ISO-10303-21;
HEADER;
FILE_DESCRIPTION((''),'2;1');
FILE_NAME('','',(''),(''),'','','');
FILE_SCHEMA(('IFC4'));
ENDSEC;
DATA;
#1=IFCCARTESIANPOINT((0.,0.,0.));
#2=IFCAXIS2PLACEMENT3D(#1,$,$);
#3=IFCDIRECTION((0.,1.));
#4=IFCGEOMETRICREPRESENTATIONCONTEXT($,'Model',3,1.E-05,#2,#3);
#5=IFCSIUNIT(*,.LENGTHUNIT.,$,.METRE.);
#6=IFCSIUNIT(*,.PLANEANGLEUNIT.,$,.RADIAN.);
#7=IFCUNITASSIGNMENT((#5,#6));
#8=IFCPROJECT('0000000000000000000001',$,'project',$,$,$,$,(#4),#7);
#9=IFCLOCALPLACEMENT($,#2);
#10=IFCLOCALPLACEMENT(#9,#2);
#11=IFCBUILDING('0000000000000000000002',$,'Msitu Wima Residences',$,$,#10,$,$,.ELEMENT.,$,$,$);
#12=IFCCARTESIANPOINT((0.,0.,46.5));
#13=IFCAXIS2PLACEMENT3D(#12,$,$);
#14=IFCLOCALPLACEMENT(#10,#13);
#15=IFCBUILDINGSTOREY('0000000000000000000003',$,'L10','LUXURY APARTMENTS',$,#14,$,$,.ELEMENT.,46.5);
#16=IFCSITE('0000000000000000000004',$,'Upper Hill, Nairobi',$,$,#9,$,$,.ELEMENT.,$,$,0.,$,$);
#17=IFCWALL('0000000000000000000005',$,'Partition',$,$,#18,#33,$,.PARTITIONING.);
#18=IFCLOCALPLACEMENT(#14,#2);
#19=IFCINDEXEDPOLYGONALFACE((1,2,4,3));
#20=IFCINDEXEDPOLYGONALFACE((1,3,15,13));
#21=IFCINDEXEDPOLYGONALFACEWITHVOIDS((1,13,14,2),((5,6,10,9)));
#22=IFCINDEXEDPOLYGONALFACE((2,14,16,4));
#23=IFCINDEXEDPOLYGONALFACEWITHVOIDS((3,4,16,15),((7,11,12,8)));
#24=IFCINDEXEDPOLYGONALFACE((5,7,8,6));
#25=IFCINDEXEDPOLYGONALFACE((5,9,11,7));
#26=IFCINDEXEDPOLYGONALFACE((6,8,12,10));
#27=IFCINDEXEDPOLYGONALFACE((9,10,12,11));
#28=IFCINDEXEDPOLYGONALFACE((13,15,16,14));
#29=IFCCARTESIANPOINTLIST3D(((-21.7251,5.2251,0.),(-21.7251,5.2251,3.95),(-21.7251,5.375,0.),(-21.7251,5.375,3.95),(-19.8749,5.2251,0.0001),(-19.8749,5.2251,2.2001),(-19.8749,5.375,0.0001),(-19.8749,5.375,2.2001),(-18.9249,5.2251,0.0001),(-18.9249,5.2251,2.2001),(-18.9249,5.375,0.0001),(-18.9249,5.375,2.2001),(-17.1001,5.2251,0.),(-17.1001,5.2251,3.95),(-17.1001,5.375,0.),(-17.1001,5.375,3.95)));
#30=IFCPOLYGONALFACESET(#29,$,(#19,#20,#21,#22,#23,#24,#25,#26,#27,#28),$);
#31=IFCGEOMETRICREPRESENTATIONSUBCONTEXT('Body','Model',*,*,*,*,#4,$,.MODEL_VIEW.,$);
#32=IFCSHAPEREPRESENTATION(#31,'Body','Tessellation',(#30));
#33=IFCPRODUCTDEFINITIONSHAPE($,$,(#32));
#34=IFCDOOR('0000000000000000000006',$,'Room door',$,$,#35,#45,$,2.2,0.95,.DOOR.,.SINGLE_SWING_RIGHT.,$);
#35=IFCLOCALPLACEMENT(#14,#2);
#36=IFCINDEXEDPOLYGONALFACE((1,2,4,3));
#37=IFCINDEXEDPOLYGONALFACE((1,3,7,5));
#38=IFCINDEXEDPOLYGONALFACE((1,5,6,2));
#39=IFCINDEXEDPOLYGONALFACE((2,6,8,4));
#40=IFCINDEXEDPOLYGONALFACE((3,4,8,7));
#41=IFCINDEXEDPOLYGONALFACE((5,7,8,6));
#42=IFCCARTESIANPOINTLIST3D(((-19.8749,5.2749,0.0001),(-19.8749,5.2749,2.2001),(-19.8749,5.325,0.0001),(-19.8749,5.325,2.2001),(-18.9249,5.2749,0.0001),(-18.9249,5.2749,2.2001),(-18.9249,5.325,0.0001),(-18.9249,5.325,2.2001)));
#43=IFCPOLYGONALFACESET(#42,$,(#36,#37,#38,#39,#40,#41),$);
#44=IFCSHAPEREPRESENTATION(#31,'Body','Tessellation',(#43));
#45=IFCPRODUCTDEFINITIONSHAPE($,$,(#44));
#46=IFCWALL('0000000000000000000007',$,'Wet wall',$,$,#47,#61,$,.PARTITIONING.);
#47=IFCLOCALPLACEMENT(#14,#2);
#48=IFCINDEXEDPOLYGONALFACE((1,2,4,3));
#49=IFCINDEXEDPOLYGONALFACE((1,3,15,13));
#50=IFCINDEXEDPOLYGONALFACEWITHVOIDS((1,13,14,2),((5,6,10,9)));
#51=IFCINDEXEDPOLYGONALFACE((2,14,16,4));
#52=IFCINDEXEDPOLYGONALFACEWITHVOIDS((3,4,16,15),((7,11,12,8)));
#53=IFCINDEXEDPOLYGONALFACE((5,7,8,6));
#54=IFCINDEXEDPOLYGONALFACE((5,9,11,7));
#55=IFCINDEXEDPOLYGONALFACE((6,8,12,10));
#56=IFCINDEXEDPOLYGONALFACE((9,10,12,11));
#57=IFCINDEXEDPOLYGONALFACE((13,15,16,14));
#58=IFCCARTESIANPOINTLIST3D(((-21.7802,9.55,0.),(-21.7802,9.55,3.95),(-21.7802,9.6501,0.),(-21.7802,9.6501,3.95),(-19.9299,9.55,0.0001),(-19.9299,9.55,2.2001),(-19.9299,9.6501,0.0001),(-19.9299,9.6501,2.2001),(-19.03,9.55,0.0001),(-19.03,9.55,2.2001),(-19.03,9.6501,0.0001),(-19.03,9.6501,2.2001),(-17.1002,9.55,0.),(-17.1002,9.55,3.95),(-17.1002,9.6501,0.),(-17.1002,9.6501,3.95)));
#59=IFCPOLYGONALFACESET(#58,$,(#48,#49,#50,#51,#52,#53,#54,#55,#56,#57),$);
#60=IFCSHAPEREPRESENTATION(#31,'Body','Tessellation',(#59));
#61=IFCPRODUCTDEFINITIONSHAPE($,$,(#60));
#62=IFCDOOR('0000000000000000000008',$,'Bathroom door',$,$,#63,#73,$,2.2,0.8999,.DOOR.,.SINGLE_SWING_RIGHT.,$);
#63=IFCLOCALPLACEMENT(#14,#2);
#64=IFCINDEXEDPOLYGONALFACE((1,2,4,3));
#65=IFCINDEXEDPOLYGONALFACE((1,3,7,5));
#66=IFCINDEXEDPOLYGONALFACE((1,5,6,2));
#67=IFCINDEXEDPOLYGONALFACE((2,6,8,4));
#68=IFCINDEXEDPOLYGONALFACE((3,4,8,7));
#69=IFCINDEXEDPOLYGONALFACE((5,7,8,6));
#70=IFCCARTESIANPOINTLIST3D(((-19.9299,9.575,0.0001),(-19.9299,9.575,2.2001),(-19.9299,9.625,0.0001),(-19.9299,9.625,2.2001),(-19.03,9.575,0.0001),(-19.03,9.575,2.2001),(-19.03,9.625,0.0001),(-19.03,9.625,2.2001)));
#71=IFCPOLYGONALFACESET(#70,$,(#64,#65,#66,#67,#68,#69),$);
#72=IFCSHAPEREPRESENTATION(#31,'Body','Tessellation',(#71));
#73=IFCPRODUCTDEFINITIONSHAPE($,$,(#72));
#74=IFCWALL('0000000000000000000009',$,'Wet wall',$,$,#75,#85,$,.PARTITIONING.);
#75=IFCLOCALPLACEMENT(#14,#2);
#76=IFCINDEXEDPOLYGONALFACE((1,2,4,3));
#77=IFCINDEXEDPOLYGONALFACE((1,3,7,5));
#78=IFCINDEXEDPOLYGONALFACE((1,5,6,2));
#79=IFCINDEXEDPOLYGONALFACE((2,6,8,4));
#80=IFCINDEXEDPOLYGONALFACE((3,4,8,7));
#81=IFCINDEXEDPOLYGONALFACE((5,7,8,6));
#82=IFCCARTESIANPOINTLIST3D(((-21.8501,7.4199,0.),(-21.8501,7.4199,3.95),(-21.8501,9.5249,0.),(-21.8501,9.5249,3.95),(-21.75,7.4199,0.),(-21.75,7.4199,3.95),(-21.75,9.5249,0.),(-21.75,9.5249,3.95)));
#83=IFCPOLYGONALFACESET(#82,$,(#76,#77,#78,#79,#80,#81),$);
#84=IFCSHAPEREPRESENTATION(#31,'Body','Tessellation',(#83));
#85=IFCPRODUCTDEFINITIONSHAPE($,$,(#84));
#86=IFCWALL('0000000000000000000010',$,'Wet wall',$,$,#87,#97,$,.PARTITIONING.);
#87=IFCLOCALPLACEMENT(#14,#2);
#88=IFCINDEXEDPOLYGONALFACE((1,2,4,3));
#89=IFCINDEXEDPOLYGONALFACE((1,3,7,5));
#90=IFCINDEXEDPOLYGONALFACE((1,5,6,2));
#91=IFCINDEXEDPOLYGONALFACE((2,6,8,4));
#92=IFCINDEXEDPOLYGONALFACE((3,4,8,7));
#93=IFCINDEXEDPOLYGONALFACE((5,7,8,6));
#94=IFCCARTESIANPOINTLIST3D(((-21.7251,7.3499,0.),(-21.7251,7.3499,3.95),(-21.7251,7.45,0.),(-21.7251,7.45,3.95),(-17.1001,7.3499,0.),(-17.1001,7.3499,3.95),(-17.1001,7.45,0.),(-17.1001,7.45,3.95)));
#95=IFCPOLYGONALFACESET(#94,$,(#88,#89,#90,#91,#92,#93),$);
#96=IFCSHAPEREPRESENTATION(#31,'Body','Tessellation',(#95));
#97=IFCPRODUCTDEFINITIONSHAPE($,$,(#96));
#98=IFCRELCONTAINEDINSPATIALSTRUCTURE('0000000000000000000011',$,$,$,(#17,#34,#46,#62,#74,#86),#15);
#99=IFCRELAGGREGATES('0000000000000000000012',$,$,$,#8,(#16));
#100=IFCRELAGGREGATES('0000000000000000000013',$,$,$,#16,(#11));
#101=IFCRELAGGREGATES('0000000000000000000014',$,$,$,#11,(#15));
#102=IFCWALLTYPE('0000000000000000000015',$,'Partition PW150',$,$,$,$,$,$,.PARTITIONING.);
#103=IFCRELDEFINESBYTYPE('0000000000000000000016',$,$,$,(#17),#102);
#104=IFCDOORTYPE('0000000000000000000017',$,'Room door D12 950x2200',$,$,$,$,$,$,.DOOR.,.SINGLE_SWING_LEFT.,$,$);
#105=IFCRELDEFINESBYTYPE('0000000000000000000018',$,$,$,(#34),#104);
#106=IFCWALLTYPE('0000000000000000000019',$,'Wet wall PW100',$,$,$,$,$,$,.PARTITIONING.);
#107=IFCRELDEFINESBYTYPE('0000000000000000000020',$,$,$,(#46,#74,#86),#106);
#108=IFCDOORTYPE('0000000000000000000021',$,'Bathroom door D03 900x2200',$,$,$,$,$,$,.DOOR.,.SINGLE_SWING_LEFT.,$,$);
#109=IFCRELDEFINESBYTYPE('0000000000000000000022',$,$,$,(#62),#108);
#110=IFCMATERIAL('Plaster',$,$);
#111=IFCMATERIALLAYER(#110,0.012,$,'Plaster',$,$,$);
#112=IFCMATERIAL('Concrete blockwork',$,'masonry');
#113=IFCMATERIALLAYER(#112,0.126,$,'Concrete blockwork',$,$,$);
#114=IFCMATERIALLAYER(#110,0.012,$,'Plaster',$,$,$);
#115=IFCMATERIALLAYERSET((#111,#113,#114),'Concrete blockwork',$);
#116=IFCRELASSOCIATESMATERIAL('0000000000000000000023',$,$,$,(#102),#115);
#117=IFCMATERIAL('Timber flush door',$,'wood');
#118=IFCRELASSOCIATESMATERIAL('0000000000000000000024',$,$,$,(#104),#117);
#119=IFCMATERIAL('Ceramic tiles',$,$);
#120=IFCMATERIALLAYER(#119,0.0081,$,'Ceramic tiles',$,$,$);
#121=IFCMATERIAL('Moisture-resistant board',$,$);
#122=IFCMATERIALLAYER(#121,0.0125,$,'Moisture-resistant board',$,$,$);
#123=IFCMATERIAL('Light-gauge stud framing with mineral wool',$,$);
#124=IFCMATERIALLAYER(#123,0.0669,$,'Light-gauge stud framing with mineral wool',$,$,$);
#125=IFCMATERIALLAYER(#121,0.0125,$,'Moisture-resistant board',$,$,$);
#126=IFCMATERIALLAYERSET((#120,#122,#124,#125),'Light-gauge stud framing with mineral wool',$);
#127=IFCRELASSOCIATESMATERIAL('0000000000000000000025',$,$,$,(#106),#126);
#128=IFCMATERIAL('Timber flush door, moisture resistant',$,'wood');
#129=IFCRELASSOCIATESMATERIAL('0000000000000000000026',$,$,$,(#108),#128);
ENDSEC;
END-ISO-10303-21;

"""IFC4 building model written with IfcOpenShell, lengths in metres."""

from ifc_helpers import new_model, si_unit, direction, frame, frame_2d, origin, place, context, subcontext, project, spatial, rectangle, extrude, material, layer, layer_set, type_object, element, fill, save


model = new_model("IFC4")

# Units and contexts
model_context = context("Model", 3, precision=1e-05, world=origin(), true_north=direction((0.0, 1.0)))
body_context = subcontext(model_context, "Body", "Model", "MODEL_VIEW")
ifc_project = project(units=[si_unit("LENGTHUNIT", "METRE"), si_unit("PLANEANGLEUNIT", "RADIAN")], contexts=[model_context])

# Site, building, storey
site_placement = place(None, origin())
site = spatial("IfcSite", under=ifc_project, at=site_placement, Name="Upper Hill, Nairobi", CompositionType="ELEMENT", RefElevation=0.0)
building_placement = place(site_placement, origin())
building = spatial("IfcBuilding", under=site, at=building_placement, Name="Msitu Wima Residences", CompositionType="ELEMENT")
storey_placement = place(building_placement, frame((0.0, 0.0, 46.5)))
storey = spatial("IfcBuildingStorey", under=building, at=storey_placement, Name="L10", Description="LUXURY APARTMENTS", CompositionType="ELEMENT", Elevation=46.5)

# Shared definitions
ifc_material_1 = material(Name="Plaster")
ifc_material_2 = material(Name="Concrete blockwork", Category="masonry")

# Walls, openings, doors
ifc_layer_1 = layer(ifc_material_1, 0.012, Name="Plaster")
ifc_layer_2 = layer(ifc_material_2, 0.126, Name="Concrete blockwork")
ifc_layer_3 = layer(ifc_material_1, 0.012, Name="Plaster")
ifc_layer_set_1 = layer_set([ifc_layer_1, ifc_layer_2, ifc_layer_3], Name="Concrete blockwork")
wall_type_1 = type_object("IfcWallType", Name="Partition PW150", PredefinedType="PARTITIONING", material=ifc_layer_set_1)
ifc_material_3 = material(Name="Timber flush door", Category="wood")
door_type_1 = type_object("IfcDoorType", Name="Room door D12 950x2200", OperationType="SINGLE_SWING_LEFT", PredefinedType="DOOR", material=ifc_material_3)
wall_1_placement = place(storey_placement, frame((-21.7251, 5.3, 0.0), z_axis=(0.0, 0.0, 1.0), x_axis=(1.0, 0.0, 0.0)))
wall_1 = element("IfcWall", 1, at=wall_1_placement, inside=storey, type_object=wall_type_1, Name="Partition", PredefinedType="PARTITIONING", context=body_context, shape_type="SweptSolid", body=[
    extrude(rectangle(XDim=4.625, YDim=0.1499, at=frame_2d((2.3125, 0.0))), origin(), (0.0, 0.0, 1.0), 3.95),
])
opening_1_placement = place(wall_1_placement, frame((1.8501, 0.0, 0.0)))
opening_1 = element("IfcOpeningElement", 2, at=opening_1_placement, cuts=wall_1, PredefinedType="OPENING", context=body_context, shape_type="SweptSolid", body=[
    extrude(rectangle(XDim=0.95, YDim=2.2, at=frame_2d((0.4751, 1.1001))), frame((0.0, 0.085, 0.0), z_axis=(0.0, -1.0, 0.0), x_axis=(1.0, 0.0, 0.0)), (0.0, 0.0, 1.0), 0.1699),
])
door_1_placement = place(opening_1_placement, origin())
door_1 = element("IfcDoor", 3, at=door_1_placement, inside=storey, type_object=door_type_1, Name="Room door", OperationType="SINGLE_SWING_RIGHT", OverallHeight=2.2, OverallWidth=0.95, PredefinedType="DOOR", context=body_context, shape_type="SweptSolid", body=[
    extrude(rectangle(XDim=0.95, YDim=2.2, at=frame_2d((0.4751, 1.1001))), frame((0.0, 0.0249, 0.0), z_axis=(0.0, -1.0, 0.0), x_axis=(1.0, 0.0, 0.0)), (0.0, 0.0, 1.0), 0.05),
])
fill(opening_1, door_1)
ifc_material_4 = material(Name="Ceramic tiles")
ifc_layer_4 = layer(ifc_material_4, 0.0081, Name="Ceramic tiles")
ifc_material_5 = material(Name="Moisture-resistant board")
ifc_layer_5 = layer(ifc_material_5, 0.0125, Name="Moisture-resistant board")
ifc_material_6 = material(Name="Light-gauge stud framing with mineral wool")
ifc_layer_6 = layer(ifc_material_6, 0.0669, Name="Light-gauge stud framing with mineral wool")
ifc_layer_7 = layer(ifc_material_5, 0.0125, Name="Moisture-resistant board")
ifc_layer_set_2 = layer_set([ifc_layer_4, ifc_layer_5, ifc_layer_6, ifc_layer_7], Name="Light-gauge stud framing with mineral wool")
wall_type_2 = type_object("IfcWallType", Name="Wet wall PW100", PredefinedType="PARTITIONING", material=ifc_layer_set_2)
wall_2_placement = place(storey_placement, frame((-21.78, 9.6001, 0.0), z_axis=(0.0, 0.0, 1.0), x_axis=(1.0, 0.0, 0.0)))
wall_2 = element("IfcWall", 4, at=wall_2_placement, inside=storey, type_object=wall_type_2, Name="Wet wall", PredefinedType="PARTITIONING", context=body_context, shape_type="SweptSolid", body=[
    extrude(rectangle(XDim=4.6799, YDim=0.1001, at=frame_2d((2.3398, 0.0))), origin(), (0.0, 0.0, 1.0), 3.95),
])
opening_2_placement = place(wall_2_placement, frame((1.8501, 0.0, 0.0)))
opening_2 = element("IfcOpeningElement", 5, at=opening_2_placement, cuts=wall_2, PredefinedType="OPENING", context=body_context, shape_type="SweptSolid", body=[
    extrude(rectangle(XDim=0.8999, YDim=2.2, at=frame_2d((0.45, 1.1001))), frame((0.0, 0.0601, 0.0), z_axis=(0.0, -1.0, 0.0), x_axis=(1.0, 0.0, 0.0)), (0.0, 0.0, 1.0), 0.1201),
])
ifc_material_7 = material(Name="Timber flush door, moisture resistant", Category="wood")
door_type_2 = type_object("IfcDoorType", Name="Bathroom door D03 900x2200", OperationType="SINGLE_SWING_LEFT", PredefinedType="DOOR", material=ifc_material_7)
door_2_placement = place(opening_2_placement, origin())
door_2 = element("IfcDoor", 6, at=door_2_placement, inside=storey, type_object=door_type_2, Name="Bathroom door", OperationType="SINGLE_SWING_RIGHT", OverallHeight=2.2, OverallWidth=0.8999, PredefinedType="DOOR", context=body_context, shape_type="SweptSolid", body=[
    extrude(rectangle(XDim=0.8999, YDim=2.2, at=frame_2d((0.45, 1.1001))), frame((0.0, 0.0249, 0.0), z_axis=(0.0, -1.0, 0.0), x_axis=(1.0, 0.0, 0.0)), (0.0, 0.0, 1.0), 0.05),
])
fill(opening_2, door_2)

# Walls
wall_3_placement = place(storey_placement, frame((-21.8, 7.4199, 0.0), z_axis=(0.0, 0.0, 1.0), x_axis=(0.0, 1.0, 0.0)))
element("IfcWall", 7, at=wall_3_placement, inside=storey, type_object=wall_type_2, Name="Wet wall", PredefinedType="PARTITIONING", context=body_context, shape_type="SweptSolid", body=[
    extrude(rectangle(XDim=2.105, YDim=0.1001, at=frame_2d((1.0525, 0.0))), origin(), (0.0, 0.0, 1.0), 3.95),
])
wall_4_placement = place(storey_placement, frame((-21.7251, 7.3999, 0.0), z_axis=(0.0, 0.0, 1.0), x_axis=(1.0, 0.0, 0.0)))
element("IfcWall", 8, at=wall_4_placement, inside=storey, type_object=wall_type_2, Name="Wet wall", PredefinedType="PARTITIONING", context=body_context, shape_type="SweptSolid", body=[
    extrude(rectangle(XDim=4.625, YDim=0.1001, at=frame_2d((2.3125, 0.0))), origin(), (0.0, 0.0, 1.0), 3.95),
])

save(model, "model.ifc")
